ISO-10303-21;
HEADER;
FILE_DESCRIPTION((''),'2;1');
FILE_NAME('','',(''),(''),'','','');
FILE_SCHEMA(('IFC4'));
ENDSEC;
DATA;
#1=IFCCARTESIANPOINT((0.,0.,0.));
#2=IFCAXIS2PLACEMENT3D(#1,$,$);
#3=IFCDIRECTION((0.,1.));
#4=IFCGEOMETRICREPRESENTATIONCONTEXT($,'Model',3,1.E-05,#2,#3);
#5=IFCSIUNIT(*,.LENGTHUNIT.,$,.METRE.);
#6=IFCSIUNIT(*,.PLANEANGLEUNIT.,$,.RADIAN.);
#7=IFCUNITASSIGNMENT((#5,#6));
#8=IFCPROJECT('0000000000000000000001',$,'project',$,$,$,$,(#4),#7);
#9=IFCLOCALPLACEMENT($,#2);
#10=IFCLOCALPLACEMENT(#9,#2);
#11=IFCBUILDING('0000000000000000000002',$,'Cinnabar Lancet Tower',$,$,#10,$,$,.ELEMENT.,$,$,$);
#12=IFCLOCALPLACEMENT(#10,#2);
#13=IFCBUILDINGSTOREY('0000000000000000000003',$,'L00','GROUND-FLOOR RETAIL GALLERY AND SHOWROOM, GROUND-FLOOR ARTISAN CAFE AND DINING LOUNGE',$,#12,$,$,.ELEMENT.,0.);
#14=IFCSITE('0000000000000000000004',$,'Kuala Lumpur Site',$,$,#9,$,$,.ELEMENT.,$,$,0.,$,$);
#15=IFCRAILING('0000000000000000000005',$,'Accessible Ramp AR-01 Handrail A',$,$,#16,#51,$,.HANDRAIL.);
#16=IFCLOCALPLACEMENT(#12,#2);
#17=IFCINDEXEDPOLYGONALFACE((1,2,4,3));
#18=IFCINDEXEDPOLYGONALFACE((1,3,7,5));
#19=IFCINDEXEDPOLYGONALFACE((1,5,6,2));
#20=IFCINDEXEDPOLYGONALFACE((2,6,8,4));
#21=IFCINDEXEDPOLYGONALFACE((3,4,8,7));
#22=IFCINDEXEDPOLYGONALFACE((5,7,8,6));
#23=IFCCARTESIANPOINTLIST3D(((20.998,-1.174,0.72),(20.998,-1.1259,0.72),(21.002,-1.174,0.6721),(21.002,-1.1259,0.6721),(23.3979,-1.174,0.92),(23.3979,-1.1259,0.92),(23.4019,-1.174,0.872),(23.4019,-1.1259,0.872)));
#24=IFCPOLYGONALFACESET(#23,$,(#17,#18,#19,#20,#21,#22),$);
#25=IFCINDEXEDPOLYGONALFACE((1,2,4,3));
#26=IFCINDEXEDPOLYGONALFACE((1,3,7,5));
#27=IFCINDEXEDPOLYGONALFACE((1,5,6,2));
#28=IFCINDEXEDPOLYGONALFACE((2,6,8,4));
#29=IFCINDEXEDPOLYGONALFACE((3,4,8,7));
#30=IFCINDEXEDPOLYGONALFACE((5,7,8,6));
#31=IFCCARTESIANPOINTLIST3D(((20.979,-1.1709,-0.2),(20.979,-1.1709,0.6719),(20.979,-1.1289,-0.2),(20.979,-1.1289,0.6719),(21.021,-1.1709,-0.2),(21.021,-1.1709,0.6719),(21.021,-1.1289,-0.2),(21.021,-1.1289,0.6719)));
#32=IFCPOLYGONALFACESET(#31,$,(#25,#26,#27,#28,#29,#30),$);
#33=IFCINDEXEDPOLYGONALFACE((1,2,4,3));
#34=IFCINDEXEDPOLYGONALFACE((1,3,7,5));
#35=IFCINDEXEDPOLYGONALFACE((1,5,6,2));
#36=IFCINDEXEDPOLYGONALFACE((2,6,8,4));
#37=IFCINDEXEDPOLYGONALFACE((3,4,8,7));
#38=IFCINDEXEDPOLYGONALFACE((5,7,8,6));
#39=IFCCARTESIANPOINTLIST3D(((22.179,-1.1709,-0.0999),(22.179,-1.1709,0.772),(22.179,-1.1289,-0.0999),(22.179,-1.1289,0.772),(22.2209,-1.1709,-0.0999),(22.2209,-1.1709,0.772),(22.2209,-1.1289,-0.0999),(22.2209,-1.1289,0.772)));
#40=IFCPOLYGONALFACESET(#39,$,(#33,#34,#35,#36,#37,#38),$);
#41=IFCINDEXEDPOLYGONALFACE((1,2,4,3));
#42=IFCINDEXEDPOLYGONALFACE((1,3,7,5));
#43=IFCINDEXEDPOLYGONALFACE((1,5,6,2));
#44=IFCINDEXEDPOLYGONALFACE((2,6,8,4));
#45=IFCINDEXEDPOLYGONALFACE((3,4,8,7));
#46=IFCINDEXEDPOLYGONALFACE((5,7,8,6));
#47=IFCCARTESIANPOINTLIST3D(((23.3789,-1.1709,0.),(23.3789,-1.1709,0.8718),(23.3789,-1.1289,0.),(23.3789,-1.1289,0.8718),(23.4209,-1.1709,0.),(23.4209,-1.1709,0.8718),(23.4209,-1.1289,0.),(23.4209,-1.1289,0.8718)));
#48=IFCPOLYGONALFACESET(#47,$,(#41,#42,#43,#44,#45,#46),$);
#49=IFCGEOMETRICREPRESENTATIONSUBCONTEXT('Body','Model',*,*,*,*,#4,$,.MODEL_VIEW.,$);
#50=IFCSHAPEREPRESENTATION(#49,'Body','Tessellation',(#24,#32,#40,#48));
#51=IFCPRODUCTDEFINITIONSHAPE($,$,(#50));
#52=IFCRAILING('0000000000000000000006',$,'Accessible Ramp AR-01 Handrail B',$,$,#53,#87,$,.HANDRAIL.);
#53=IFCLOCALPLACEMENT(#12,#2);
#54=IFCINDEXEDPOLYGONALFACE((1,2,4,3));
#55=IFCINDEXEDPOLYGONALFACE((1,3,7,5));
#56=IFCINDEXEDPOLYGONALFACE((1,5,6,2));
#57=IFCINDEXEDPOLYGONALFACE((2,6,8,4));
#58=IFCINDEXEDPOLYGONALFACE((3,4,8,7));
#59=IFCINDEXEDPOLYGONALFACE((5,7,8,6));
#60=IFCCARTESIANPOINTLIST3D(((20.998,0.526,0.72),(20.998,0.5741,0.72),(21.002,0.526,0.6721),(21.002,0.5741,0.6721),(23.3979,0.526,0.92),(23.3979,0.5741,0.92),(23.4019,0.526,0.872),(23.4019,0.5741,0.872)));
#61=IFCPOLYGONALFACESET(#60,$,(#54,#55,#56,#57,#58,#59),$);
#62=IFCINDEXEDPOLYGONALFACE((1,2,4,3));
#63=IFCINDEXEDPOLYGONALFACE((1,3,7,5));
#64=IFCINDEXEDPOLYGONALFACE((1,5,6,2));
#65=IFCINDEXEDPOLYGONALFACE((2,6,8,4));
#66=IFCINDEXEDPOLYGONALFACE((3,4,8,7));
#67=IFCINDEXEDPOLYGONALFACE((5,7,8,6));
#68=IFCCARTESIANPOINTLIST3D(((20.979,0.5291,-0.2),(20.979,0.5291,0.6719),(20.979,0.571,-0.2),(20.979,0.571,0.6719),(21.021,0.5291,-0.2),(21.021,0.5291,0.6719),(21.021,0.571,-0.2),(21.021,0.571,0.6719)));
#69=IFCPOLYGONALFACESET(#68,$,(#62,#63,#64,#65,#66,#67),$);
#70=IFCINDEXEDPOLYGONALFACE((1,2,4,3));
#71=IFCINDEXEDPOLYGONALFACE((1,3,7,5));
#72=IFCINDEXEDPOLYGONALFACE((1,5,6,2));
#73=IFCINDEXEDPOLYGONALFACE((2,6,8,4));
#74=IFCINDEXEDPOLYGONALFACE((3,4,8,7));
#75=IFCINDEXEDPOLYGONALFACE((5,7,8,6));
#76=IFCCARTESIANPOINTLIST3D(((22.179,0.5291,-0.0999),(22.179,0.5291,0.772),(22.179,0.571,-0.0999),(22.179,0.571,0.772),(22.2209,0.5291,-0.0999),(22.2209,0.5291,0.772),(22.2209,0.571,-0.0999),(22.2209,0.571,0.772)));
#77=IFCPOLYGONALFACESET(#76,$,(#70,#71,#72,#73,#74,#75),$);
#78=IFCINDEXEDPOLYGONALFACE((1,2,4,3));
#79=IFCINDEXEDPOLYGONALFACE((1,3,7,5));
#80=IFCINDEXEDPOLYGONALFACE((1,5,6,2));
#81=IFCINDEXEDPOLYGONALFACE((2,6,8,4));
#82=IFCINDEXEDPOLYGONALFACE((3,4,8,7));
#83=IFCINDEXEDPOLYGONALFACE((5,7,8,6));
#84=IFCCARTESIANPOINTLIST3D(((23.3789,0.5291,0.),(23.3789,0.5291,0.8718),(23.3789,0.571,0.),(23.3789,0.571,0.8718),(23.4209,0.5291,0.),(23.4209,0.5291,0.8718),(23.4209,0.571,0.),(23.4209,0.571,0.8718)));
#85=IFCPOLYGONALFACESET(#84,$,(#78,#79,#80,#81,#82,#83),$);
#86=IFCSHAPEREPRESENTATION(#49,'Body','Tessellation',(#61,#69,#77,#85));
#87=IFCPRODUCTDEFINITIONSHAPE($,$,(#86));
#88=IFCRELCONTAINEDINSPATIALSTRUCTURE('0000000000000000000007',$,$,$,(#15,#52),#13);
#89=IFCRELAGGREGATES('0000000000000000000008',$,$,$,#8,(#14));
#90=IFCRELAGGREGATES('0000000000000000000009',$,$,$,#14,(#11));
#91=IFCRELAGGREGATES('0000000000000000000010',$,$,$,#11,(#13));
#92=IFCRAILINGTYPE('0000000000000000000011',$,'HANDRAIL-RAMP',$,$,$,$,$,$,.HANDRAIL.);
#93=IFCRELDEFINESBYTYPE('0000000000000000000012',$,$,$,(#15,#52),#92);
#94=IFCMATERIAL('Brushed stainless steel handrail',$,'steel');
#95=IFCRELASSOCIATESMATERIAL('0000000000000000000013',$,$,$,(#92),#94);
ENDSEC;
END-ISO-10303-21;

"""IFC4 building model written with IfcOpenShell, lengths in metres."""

from ifc_helpers import new_model, si_unit, direction, frame, origin, origin_2d, place, context, subcontext, project, spatial, rectangle, extrude, material, type_object, element, save


model = new_model("IFC4")

# Units and contexts
model_context = context("Model", 3, precision=1e-05, world=origin(), true_north=direction((0.0, 1.0)))
body_context = subcontext(model_context, "Body", "Model", "MODEL_VIEW")
ifc_project = project(units=[si_unit("LENGTHUNIT", "METRE"), si_unit("PLANEANGLEUNIT", "RADIAN")], contexts=[model_context])

# Site, building, storey
site_placement = place(None, origin())
site = spatial("IfcSite", under=ifc_project, at=site_placement, Name="Kuala Lumpur Site", CompositionType="ELEMENT", RefElevation=0.0)
building_placement = place(site_placement, origin())
building = spatial("IfcBuilding", under=site, at=building_placement, Name="Cinnabar Lancet Tower", CompositionType="ELEMENT")
storey_placement = place(building_placement, origin())
storey = spatial("IfcBuildingStorey", under=building, at=storey_placement, Name="L00", Description="GROUND-FLOOR RETAIL GALLERY AND SHOWROOM, GROUND-FLOOR ARTISAN CAFE AND DINING LOUNGE", CompositionType="ELEMENT", Elevation=0.0)

# Railings
ifc_material_1 = material(Name="Brushed stainless steel handrail", Category="steel")
railing_type_1 = type_object("IfcRailingType", Name="HANDRAIL-RAMP", PredefinedType="HANDRAIL", material=ifc_material_1)
for number, where, name in (
    (1, (21.0, -1.1499, -0.2), "Accessible Ramp AR-01 Handrail A"),
    (2, (21.0, 0.55, -0.2), "Accessible Ramp AR-01 Handrail B"),
):
    element("IfcRailing", number, at=place(storey_placement, frame(where)), inside=storey, type_object=railing_type_1, Name=name, PredefinedType="HANDRAIL", context=body_context, shape_type="SweptSolid", body=[
        extrude(rectangle(XDim=0.0481, YDim=0.0481, at=origin_2d()), frame((0.0, 0.0, 0.896), z_axis=(0.996547, 0.0, 0.083029), x_axis=(0.0, 1.0, 0.0)), (0.0, 0.0, 1.0), 2.4082),
        extrude(rectangle(XDim=0.042, YDim=0.042, at=origin_2d()), origin(), (0.0, 0.0, 1.0), 0.8718),
        extrude(rectangle(XDim=0.042, YDim=0.042, at=origin_2d()), frame((1.2, 0.0, 0.1001)), (0.0, 0.0, 1.0), 0.8718),
        extrude(rectangle(XDim=0.042, YDim=0.042, at=origin_2d()), frame((2.3999, 0.0, 0.2)), (0.0, 0.0, 1.0), 0.8718),
    ])

save(model, "model.ifc")
